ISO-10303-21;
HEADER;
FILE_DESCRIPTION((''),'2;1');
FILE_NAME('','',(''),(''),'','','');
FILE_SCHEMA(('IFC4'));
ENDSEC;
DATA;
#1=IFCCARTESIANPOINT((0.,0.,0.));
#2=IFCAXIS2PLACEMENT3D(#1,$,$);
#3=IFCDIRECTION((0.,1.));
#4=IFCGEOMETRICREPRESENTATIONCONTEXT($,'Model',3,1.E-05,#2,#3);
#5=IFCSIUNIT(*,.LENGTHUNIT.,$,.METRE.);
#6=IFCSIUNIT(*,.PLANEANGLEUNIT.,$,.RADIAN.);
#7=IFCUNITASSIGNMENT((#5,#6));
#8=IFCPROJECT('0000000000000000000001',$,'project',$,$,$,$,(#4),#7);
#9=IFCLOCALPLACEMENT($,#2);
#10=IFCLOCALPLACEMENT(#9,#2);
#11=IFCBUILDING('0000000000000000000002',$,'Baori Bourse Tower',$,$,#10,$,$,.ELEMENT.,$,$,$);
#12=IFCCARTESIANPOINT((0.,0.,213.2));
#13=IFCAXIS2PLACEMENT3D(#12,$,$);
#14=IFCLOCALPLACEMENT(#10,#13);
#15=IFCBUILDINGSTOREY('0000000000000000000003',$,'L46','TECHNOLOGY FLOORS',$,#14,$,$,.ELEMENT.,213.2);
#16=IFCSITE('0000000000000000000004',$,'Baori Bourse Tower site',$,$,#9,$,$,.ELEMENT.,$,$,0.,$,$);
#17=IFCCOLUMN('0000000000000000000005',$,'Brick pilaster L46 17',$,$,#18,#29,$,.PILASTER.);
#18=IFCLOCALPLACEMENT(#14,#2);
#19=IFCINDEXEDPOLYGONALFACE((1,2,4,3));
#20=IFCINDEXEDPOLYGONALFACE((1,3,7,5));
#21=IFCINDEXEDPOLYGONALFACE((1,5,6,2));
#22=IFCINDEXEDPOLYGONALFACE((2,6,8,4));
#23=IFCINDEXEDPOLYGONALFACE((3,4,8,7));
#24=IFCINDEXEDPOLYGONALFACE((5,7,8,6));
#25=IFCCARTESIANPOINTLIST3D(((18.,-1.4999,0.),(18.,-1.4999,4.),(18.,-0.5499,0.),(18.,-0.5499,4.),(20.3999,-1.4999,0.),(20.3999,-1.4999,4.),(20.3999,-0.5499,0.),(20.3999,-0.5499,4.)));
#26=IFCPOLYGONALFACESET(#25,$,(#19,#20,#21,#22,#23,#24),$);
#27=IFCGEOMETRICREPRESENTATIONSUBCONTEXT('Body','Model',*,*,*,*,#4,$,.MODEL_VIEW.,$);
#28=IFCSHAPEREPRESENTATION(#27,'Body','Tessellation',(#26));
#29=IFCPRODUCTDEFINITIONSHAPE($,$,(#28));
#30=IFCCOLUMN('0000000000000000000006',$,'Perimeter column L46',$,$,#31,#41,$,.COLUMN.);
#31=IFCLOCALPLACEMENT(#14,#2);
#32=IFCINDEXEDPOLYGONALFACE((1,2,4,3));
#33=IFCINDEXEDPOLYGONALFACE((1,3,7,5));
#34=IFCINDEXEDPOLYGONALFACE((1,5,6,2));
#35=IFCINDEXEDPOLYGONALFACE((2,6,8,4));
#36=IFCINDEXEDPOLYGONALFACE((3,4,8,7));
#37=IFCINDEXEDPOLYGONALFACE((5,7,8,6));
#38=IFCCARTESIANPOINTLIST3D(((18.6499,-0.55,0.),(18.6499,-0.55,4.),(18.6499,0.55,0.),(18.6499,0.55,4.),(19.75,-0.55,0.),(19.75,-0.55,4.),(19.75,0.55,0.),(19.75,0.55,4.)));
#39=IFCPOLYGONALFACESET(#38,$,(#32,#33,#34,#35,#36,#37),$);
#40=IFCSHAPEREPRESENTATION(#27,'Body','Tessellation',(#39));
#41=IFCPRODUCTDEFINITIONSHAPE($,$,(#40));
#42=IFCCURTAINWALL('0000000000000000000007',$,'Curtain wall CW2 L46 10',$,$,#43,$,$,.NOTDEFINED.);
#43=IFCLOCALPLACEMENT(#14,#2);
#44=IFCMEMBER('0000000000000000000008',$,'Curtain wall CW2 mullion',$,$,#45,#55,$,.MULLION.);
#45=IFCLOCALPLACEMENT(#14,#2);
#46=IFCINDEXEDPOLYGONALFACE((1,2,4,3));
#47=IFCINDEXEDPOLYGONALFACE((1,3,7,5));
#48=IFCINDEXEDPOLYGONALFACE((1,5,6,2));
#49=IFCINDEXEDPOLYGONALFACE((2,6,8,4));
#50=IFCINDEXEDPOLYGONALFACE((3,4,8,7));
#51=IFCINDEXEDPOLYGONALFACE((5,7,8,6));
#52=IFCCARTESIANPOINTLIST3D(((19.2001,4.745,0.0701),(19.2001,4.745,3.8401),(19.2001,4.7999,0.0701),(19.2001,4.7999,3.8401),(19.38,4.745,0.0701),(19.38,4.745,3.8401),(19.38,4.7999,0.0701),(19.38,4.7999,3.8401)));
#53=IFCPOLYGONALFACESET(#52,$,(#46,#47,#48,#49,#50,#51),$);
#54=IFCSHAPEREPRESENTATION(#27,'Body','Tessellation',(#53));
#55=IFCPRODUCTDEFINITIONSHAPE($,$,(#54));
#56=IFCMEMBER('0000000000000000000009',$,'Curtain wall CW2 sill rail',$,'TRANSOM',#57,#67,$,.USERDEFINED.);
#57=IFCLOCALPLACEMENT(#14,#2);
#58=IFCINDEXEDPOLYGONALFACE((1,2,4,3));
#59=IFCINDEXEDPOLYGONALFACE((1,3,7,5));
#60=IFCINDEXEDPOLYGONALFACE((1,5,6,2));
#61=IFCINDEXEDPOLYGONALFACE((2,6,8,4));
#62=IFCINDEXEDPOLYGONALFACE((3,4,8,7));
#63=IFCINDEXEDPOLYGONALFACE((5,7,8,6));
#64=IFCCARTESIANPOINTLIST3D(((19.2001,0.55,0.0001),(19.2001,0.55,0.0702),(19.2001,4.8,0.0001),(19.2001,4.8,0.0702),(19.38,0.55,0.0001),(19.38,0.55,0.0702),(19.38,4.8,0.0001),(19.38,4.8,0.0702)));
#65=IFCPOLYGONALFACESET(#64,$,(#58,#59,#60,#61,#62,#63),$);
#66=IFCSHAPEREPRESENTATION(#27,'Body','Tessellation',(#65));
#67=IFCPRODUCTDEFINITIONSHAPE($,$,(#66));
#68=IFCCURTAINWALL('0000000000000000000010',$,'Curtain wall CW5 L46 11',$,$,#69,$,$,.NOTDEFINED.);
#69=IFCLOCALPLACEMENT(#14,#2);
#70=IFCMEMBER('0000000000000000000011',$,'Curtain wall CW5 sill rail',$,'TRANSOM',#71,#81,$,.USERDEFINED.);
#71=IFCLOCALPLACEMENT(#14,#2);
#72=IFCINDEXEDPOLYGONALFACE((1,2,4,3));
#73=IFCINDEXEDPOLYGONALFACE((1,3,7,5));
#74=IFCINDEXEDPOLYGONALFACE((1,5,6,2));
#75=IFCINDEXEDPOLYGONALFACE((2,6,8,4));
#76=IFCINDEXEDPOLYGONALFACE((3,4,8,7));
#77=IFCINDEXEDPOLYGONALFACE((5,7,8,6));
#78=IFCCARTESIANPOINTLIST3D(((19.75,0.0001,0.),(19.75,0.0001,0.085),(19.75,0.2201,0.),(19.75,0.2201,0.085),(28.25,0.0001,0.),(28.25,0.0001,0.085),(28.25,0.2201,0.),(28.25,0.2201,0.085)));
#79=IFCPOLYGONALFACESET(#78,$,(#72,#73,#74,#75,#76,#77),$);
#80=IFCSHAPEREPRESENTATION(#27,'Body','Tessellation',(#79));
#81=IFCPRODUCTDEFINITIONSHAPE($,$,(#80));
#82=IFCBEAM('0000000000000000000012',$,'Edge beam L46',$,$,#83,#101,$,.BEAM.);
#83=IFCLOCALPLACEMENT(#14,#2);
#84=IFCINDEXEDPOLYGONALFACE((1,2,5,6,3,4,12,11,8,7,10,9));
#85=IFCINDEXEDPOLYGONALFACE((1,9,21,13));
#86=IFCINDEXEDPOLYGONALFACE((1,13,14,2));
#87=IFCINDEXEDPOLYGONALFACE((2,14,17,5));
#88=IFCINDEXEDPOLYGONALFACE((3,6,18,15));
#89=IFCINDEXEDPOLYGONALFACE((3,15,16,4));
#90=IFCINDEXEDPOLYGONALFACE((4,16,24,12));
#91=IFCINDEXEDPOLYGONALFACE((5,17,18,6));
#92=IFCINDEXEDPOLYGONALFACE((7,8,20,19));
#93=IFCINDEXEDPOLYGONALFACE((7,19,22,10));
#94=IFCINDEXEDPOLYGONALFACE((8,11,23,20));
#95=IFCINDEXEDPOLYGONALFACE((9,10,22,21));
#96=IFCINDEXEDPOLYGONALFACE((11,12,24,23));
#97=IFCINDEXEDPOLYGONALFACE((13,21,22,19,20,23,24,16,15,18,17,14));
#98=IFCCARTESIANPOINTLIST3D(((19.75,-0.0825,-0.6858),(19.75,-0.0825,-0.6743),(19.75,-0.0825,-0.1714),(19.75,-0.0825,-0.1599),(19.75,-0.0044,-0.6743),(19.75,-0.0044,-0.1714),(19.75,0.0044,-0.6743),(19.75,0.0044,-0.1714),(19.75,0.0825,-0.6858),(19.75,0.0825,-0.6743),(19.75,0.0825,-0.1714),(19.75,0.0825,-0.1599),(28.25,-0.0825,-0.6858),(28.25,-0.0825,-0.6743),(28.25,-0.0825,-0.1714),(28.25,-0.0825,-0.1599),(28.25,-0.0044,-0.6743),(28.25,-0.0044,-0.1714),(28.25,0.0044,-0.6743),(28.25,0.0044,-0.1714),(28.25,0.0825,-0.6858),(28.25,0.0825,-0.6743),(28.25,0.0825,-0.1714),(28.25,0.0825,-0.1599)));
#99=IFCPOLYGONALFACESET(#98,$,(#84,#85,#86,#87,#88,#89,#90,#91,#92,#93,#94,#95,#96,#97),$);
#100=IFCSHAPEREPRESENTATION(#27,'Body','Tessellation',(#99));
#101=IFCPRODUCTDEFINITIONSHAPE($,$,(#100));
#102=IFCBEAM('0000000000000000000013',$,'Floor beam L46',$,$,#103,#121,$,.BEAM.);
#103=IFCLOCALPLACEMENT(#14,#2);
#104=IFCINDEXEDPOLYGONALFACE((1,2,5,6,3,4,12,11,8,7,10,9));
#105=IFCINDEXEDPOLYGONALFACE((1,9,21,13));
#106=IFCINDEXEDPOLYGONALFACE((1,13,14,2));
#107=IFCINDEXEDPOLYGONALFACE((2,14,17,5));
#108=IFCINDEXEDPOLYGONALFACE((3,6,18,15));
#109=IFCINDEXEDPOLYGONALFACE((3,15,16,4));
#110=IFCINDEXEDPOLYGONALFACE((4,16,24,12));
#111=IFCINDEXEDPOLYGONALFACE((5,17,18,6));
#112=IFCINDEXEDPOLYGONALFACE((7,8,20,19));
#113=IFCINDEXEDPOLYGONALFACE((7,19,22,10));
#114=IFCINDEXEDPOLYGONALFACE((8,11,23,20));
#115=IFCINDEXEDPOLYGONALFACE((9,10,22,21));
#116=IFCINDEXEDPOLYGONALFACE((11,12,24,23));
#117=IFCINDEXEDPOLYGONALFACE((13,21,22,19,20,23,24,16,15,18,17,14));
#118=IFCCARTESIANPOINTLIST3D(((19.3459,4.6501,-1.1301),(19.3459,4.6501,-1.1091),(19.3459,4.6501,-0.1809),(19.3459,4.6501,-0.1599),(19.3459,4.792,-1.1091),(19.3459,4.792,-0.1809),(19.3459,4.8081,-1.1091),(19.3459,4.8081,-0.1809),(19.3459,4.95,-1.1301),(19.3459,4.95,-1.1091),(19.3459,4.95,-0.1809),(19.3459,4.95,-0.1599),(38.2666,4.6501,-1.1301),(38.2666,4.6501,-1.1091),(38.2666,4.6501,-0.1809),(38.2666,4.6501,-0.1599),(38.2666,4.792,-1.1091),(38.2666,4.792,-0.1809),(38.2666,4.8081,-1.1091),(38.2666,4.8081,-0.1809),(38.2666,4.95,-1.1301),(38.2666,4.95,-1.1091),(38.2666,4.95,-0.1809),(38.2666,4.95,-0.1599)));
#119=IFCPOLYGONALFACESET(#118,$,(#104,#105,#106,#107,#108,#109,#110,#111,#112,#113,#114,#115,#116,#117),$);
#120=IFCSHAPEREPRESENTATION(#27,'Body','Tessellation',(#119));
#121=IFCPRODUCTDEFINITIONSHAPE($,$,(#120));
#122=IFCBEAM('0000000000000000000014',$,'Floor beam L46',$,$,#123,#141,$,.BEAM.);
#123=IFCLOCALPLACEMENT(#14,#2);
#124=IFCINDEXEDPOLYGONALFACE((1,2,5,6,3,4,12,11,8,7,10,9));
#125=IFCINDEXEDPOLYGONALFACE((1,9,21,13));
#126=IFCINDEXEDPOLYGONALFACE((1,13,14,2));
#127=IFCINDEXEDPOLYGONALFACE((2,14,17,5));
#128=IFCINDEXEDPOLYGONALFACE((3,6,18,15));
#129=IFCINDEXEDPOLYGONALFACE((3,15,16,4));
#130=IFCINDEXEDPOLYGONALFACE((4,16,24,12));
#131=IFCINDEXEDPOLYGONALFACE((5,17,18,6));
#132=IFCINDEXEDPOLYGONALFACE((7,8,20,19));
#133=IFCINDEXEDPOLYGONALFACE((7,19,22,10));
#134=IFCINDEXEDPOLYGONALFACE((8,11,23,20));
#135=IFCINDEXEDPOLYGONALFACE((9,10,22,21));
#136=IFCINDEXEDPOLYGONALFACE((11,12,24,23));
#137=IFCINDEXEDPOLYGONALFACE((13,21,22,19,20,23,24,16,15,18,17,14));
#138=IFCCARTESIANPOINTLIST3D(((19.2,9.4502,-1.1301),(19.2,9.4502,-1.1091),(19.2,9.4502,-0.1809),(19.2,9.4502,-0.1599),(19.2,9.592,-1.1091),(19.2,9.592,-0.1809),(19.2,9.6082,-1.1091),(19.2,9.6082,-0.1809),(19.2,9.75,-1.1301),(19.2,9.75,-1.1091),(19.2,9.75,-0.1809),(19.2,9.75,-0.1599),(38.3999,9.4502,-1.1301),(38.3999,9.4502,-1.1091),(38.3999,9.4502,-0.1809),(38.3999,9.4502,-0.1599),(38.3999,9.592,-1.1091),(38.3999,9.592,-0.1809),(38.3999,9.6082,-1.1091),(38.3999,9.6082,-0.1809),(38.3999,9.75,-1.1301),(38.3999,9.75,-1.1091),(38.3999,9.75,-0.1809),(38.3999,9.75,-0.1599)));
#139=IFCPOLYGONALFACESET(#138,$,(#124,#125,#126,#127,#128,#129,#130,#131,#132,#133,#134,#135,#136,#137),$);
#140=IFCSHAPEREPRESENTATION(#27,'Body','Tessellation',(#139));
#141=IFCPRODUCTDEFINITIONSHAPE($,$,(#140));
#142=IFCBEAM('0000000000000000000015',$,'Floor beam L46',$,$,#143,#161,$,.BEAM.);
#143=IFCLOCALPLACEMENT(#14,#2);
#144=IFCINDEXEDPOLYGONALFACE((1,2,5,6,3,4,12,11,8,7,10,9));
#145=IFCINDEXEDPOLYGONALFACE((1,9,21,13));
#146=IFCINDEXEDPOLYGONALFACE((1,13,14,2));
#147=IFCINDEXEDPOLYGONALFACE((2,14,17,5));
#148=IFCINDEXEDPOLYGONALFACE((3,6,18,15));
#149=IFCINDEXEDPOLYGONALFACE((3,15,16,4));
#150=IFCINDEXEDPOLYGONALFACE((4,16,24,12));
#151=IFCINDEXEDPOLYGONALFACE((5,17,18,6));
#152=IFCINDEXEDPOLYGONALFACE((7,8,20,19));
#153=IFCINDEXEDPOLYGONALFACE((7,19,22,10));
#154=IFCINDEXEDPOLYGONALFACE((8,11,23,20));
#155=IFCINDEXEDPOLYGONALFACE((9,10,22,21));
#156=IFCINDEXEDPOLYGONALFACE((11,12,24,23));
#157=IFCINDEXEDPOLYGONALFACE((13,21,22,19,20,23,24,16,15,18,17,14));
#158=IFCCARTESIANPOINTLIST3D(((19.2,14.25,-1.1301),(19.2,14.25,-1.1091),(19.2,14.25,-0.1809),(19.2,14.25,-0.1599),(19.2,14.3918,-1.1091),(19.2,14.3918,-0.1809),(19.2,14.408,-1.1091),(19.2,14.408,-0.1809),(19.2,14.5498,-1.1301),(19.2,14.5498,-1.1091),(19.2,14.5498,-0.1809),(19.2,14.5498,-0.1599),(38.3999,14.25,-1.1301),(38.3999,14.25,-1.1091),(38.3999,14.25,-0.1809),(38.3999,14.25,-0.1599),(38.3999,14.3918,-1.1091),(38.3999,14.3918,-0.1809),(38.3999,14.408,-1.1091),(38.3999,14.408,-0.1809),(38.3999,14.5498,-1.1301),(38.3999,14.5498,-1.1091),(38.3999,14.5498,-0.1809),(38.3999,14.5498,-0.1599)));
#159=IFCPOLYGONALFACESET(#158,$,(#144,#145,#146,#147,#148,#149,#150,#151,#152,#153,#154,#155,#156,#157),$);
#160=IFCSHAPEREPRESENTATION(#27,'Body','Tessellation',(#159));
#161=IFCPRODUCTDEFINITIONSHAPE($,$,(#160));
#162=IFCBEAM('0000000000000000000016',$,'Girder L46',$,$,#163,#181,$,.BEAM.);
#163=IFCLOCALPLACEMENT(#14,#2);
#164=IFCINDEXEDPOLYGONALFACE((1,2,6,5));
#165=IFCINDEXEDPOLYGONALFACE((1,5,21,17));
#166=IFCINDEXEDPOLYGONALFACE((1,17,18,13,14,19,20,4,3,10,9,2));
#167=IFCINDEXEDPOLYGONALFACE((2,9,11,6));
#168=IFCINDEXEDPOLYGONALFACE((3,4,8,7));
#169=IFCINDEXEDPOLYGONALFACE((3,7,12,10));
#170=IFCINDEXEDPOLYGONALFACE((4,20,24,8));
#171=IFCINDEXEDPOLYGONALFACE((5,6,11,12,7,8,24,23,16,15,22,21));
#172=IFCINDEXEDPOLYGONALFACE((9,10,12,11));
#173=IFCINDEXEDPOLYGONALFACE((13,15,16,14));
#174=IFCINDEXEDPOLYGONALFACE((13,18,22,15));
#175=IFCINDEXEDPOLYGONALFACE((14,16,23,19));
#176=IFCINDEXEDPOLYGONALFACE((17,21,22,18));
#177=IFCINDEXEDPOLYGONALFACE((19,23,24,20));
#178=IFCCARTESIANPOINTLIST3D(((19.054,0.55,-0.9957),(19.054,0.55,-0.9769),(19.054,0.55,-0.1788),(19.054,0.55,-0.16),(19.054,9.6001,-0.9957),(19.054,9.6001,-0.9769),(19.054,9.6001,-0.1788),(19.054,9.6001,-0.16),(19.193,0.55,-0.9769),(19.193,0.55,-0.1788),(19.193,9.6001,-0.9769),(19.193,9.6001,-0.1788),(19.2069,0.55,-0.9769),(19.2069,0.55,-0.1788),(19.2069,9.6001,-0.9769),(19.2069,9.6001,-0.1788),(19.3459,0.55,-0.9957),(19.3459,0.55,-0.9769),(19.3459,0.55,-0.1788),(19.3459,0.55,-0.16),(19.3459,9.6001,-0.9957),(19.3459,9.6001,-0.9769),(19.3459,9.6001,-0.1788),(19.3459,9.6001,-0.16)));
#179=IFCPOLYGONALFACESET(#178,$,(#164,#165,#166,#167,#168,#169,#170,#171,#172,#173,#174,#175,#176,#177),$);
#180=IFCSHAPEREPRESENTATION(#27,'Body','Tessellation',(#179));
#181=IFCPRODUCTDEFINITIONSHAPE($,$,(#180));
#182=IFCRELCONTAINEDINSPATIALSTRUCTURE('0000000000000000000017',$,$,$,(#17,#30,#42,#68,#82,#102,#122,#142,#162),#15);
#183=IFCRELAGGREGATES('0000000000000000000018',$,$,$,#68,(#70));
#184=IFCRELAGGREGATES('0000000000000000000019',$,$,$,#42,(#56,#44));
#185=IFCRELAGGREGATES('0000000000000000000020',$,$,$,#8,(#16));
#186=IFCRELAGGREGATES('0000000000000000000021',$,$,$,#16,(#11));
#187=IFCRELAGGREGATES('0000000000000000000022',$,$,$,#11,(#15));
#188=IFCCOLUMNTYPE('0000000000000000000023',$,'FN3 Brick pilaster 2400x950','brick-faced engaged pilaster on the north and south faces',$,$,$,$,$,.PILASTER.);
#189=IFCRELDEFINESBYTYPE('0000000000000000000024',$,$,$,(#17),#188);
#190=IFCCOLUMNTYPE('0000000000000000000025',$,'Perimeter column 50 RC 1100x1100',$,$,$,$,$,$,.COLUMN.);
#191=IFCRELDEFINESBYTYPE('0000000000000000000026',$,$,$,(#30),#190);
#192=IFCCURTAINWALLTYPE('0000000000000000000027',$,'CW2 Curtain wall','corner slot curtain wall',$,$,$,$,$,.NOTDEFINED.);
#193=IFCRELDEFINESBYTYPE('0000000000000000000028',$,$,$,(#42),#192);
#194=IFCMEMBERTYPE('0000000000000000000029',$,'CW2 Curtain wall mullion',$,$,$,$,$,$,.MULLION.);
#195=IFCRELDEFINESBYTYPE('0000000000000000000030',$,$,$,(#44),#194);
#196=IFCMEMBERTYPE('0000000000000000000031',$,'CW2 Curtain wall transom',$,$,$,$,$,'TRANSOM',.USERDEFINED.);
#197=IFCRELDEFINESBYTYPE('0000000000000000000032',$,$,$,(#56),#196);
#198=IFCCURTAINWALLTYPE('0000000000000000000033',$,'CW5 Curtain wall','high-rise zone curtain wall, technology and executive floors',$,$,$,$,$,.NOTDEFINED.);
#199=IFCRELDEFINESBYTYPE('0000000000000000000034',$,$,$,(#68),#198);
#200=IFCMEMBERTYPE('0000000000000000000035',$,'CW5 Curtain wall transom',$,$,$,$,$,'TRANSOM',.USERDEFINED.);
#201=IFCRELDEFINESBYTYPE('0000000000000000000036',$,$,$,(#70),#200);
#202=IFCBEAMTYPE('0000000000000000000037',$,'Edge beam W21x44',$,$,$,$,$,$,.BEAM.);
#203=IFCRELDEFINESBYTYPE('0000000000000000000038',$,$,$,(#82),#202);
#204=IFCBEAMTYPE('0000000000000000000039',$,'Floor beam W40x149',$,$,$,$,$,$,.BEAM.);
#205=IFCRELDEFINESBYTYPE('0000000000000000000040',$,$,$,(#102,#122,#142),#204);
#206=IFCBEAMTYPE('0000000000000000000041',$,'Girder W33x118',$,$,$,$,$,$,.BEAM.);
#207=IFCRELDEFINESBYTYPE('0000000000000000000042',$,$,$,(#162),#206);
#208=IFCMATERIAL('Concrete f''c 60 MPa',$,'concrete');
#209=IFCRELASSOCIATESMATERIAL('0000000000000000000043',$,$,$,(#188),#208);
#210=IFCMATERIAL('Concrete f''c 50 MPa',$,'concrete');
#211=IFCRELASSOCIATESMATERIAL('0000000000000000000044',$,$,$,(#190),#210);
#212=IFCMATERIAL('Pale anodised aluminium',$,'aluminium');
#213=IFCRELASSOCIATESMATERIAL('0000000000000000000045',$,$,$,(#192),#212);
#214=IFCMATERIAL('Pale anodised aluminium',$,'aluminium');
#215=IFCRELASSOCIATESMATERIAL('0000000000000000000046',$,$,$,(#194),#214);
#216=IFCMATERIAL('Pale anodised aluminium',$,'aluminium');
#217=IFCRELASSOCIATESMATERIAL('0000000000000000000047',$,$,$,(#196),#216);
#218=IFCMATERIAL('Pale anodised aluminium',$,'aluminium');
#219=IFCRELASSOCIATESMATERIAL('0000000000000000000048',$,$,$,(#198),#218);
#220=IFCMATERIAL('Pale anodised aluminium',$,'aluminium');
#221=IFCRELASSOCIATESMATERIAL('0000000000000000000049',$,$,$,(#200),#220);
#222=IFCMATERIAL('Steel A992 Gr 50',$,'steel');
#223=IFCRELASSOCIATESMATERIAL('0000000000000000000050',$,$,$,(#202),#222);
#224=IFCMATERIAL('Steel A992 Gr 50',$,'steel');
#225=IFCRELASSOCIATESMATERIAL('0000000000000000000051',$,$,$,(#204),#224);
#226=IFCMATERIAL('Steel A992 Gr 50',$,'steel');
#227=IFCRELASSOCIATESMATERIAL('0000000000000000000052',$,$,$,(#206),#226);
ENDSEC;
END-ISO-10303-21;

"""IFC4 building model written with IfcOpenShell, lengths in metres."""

from ifc_helpers import new_model, si_unit, direction, frame, origin, origin_2d, place, context, subcontext, project, spatial, rectangle, i_section, extrude, material, material_profile, profile_set, type_object, element, aggregate, save


model = new_model("IFC4")

# Units and contexts
model_context = context("Model", 3, precision=1e-05, world=origin(), true_north=direction((0.0, 1.0)))
body_context = subcontext(model_context, "Body", "Model", "MODEL_VIEW")
ifc_project = project(units=[si_unit("LENGTHUNIT", "METRE"), si_unit("PLANEANGLEUNIT", "RADIAN")], contexts=[model_context])

# Site, building, storey
site_placement = place(None, origin())
site = spatial("IfcSite", under=ifc_project, at=site_placement, Name="Baori Bourse Tower site", CompositionType="ELEMENT", RefElevation=0.0)
building_placement = place(site_placement, origin())
building = spatial("IfcBuilding", under=site, at=building_placement, Name="Baori Bourse Tower", CompositionType="ELEMENT")
storey_placement = place(building_placement, frame((0.0, 0.0, 213.2)))
storey = spatial("IfcBuildingStorey", under=building, at=storey_placement, Name="L46", Description="TECHNOLOGY FLOORS", CompositionType="ELEMENT", Elevation=213.2)

# Columns
ifc_material_1 = material(Name="Concrete f'c 60 MPa", Category="concrete")
ifc_material_profile_1 = material_profile(ifc_material_1, rectangle(XDim=2.3999, YDim=0.95, at=origin_2d()), Name="RC 2400x950")
ifc_profile_set_1 = profile_set([ifc_material_profile_1], Name="Concrete f'c 60 MPa")
column_type_1 = type_object("IfcColumnType", Name="FN3 Brick pilaster 2400x950", Description="brick-faced engaged pilaster on the north and south faces", PredefinedType="PILASTER", material=ifc_profile_set_1)
column_1_placement = place(storey_placement, frame((19.2, -1.0249, 0.0), z_axis=(0.0, 0.0, 1.0), x_axis=(1.0, 0.0, 0.0)))
element("IfcColumn", 1, at=column_1_placement, inside=storey, type_object=column_type_1, Name="Brick pilaster L46 17", PredefinedType="PILASTER", context=body_context, shape_type="SweptSolid", body=[
    extrude(rectangle(XDim=2.3999, YDim=0.95, at=origin_2d()), origin(), (0.0, 0.0, 1.0), 4.0),
])
ifc_material_2 = material(Name="Concrete f'c 50 MPa", Category="concrete")
ifc_material_profile_2 = material_profile(ifc_material_2, rectangle(XDim=1.1001, YDim=1.1001, at=origin_2d()), Name="RC 1100x1100")
ifc_profile_set_2 = profile_set([ifc_material_profile_2], Name="Concrete f'c 50 MPa")
column_type_2 = type_object("IfcColumnType", Name="Perimeter column 50 RC 1100x1100", PredefinedType="COLUMN", material=ifc_profile_set_2)
column_2_placement = place(storey_placement, frame((19.2, 0.0, 0.0), z_axis=(0.0, 0.0, 1.0), x_axis=(1.0, 0.0, 0.0)))
element("IfcColumn", 2, at=column_2_placement, inside=storey, type_object=column_type_2, Name="Perimeter column L46", PredefinedType="COLUMN", context=body_context, shape_type="SweptSolid", body=[
    extrude(rectangle(XDim=1.1001, YDim=1.1001, at=origin_2d()), origin(), (0.0, 0.0, 1.0), 4.0),
])

# Curtain wall, members
ifc_material_3 = material(Name="Pale anodised aluminium", Category="aluminium")
curtain_wall_type_1 = type_object("IfcCurtainWallType", Name="CW2 Curtain wall", Description="corner slot curtain wall", PredefinedType="NOTDEFINED", material=ifc_material_3)
curtain_wall_1_placement = place(storey_placement, origin())
curtain_wall_1 = element("IfcCurtainWall", 3, at=curtain_wall_1_placement, inside=storey, type_object=curtain_wall_type_1, Name="Curtain wall CW2 L46 10", PredefinedType="NOTDEFINED")
ifc_material_4 = material(Name="Pale anodised aluminium", Category="aluminium")
ifc_material_profile_3 = material_profile(ifc_material_4, rectangle(XDim=0.1799, YDim=0.0549, at=origin_2d()), Name="Mullion 55x180")
ifc_profile_set_3 = profile_set([ifc_material_profile_3], Name="Pale anodised aluminium")
member_type_1 = type_object("IfcMemberType", Name="CW2 Curtain wall mullion", PredefinedType="MULLION", material=ifc_profile_set_3)
member_1_placement = place(storey_placement, frame((19.29, 4.7725, 0.0701), z_axis=(0.0, 0.0, 1.0), x_axis=(1.0, 0.0, 0.0)))
member_1 = element("IfcMember", 4, at=member_1_placement, type_object=member_type_1, Name="Curtain wall CW2 mullion", PredefinedType="MULLION", context=body_context, shape_type="SweptSolid", body=[
    extrude(rectangle(XDim=0.1799, YDim=0.0549, at=origin_2d()), origin(), (0.0, 0.0, 1.0), 3.77),
])
ifc_material_5 = material(Name="Pale anodised aluminium", Category="aluminium")
ifc_material_profile_4 = material_profile(ifc_material_5, rectangle(XDim=0.1799, YDim=0.0701, at=origin_2d()), Name="Transom 70x180")
ifc_profile_set_4 = profile_set([ifc_material_profile_4], Name="Pale anodised aluminium")
member_type_2 = type_object("IfcMemberType", Name="CW2 Curtain wall transom", ElementType="TRANSOM", PredefinedType="USERDEFINED", material=ifc_profile_set_4)
member_2_placement = place(storey_placement, frame((19.29, 4.8, 0.0352), z_axis=(0.0, -1.0, 0.0), x_axis=(1.0, 0.0, 0.0)))
member_2 = element("IfcMember", 5, at=member_2_placement, type_object=member_type_2, Name="Curtain wall CW2 sill rail", ObjectType="TRANSOM", PredefinedType="USERDEFINED", context=body_context, shape_type="SweptSolid", body=[
    extrude(rectangle(XDim=0.1799, YDim=0.0701, at=origin_2d()), origin(), (0.0, 0.0, 1.0), 4.25),
])

# Curtain wall, member
ifc_material_6 = material(Name="Pale anodised aluminium", Category="aluminium")
curtain_wall_type_2 = type_object("IfcCurtainWallType", Name="CW5 Curtain wall", Description="high-rise zone curtain wall, technology and executive floors", PredefinedType="NOTDEFINED", material=ifc_material_6)
curtain_wall_2_placement = place(storey_placement, origin())
curtain_wall_2 = element("IfcCurtainWall", 6, at=curtain_wall_2_placement, inside=storey, type_object=curtain_wall_type_2, Name="Curtain wall CW5 L46 11", PredefinedType="NOTDEFINED")
ifc_material_7 = material(Name="Pale anodised aluminium", Category="aluminium")
ifc_material_profile_5 = material_profile(ifc_material_7, rectangle(XDim=0.22, YDim=0.085, at=origin_2d()), Name="Transom 85x220")
ifc_profile_set_5 = profile_set([ifc_material_profile_5], Name="Pale anodised aluminium")
member_type_3 = type_object("IfcMemberType", Name="CW5 Curtain wall transom", ElementType="TRANSOM", PredefinedType="USERDEFINED", material=ifc_profile_set_5)
member_3_placement = place(storey_placement, frame((19.75, 0.1101, 0.0425), z_axis=(1.0, 0.0, 0.0), x_axis=(0.0, 1.0, 0.0)))
member_3 = element("IfcMember", 7, at=member_3_placement, type_object=member_type_3, Name="Curtain wall CW5 sill rail", ObjectType="TRANSOM", PredefinedType="USERDEFINED", context=body_context, shape_type="SweptSolid", body=[
    extrude(rectangle(XDim=0.22, YDim=0.085, at=origin_2d()), origin(), (0.0, 0.0, 1.0), 8.5),
])
aggregate(curtain_wall_2, [member_3])

# Beams
ifc_material_8 = material(Name="Steel A992 Gr 50", Category="steel")
ifc_material_profile_6 = material_profile(ifc_material_8, i_section(OverallWidth=0.165, OverallDepth=0.5259, WebThickness=0.0088, FlangeThickness=0.0115, at=origin_2d()), Name="W21x44")
ifc_profile_set_6 = profile_set([ifc_material_profile_6], Name="Steel A992 Gr 50")
beam_type_1 = type_object("IfcBeamType", Name="Edge beam W21x44", PredefinedType="BEAM", material=ifc_profile_set_6)
beam_1_placement = place(storey_placement, frame((19.75, 0.0, -0.4229), z_axis=(1.0, 0.0, 0.0), x_axis=(0.0, 1.0, 0.0)))
element("IfcBeam", 8, at=beam_1_placement, inside=storey, type_object=beam_type_1, Name="Edge beam L46", PredefinedType="BEAM", context=body_context, shape_type="SweptSolid", body=[
    extrude(i_section(OverallWidth=0.165, OverallDepth=0.5259, WebThickness=0.0088, FlangeThickness=0.0115, at=origin_2d()), origin(), (0.0, 0.0, 1.0), 8.5),
])
ifc_material_9 = material(Name="Steel A992 Gr 50", Category="steel")
ifc_material_profile_7 = material_profile(ifc_material_9, i_section(OverallWidth=0.2998, OverallDepth=0.9702, WebThickness=0.0161, FlangeThickness=0.021, at=origin_2d()), Name="W40x149")
ifc_profile_set_7 = profile_set([ifc_material_profile_7], Name="Steel A992 Gr 50")
beam_type_2 = type_object("IfcBeamType", Name="Floor beam W40x149", PredefinedType="BEAM", material=ifc_profile_set_7)
beam_2_placement = place(storey_placement, frame((19.3459, 4.8, -0.645), z_axis=(1.0, 0.0, 0.0), x_axis=(0.0, 1.0, 0.0)))
element("IfcBeam", 9, at=beam_2_placement, inside=storey, type_object=beam_type_2, Name="Floor beam L46", PredefinedType="BEAM", context=body_context, shape_type="SweptSolid", body=[
    extrude(i_section(OverallWidth=0.2998, OverallDepth=0.9702, WebThickness=0.0161, FlangeThickness=0.021, at=origin_2d()), origin(), (0.0, 0.0, 1.0), 18.9207),
])
for number, where, z_axis, x_axis, name in (
    (10, (19.2, 9.6001, -0.645), (1.0, 0.0, 0.0), (0.0, 1.0, 0.0), "Floor beam L46"),
    (11, (19.2, 14.3999, -0.645), (1.0, 0.0, 0.0), (0.0, 1.0, 0.0), "Floor beam L46"),
):
    element("IfcBeam", number, at=place(storey_placement, frame(where, z_axis=z_axis, x_axis=x_axis)), inside=storey, type_object=beam_type_2, Name=name, PredefinedType="BEAM", context=body_context, shape_type="SweptSolid", body=[
        extrude(i_section(OverallWidth=0.2998, OverallDepth=0.9702, WebThickness=0.0161, FlangeThickness=0.021, at=origin_2d()), origin(), (0.0, 0.0, 1.0), 19.2),
    ])
ifc_material_10 = material(Name="Steel A992 Gr 50", Category="steel")
ifc_material_profile_8 = material_profile(ifc_material_10, i_section(OverallWidth=0.292, OverallDepth=0.8357, WebThickness=0.0139, FlangeThickness=0.0188, at=origin_2d()), Name="W33x118")
ifc_profile_set_8 = profile_set([ifc_material_profile_8], Name="Steel A992 Gr 50")
beam_type_3 = type_object("IfcBeamType", Name="Girder W33x118", PredefinedType="BEAM", material=ifc_profile_set_8)
beam_3_placement = place(storey_placement, frame((19.2, 0.55, -0.5779), z_axis=(0.0, 1.0, 0.0), x_axis=(-1.0, 0.0, 0.0)))
element("IfcBeam", 12, at=beam_3_placement, inside=storey, type_object=beam_type_3, Name="Girder L46", PredefinedType="BEAM", context=body_context, shape_type="SweptSolid", body=[
    extrude(i_section(OverallWidth=0.292, OverallDepth=0.8357, WebThickness=0.0139, FlangeThickness=0.0188, at=origin_2d()), origin(), (0.0, 0.0, 1.0), 9.05),
])

aggregate(curtain_wall_1, [member_2, member_1])

save(model, "model.ifc")
